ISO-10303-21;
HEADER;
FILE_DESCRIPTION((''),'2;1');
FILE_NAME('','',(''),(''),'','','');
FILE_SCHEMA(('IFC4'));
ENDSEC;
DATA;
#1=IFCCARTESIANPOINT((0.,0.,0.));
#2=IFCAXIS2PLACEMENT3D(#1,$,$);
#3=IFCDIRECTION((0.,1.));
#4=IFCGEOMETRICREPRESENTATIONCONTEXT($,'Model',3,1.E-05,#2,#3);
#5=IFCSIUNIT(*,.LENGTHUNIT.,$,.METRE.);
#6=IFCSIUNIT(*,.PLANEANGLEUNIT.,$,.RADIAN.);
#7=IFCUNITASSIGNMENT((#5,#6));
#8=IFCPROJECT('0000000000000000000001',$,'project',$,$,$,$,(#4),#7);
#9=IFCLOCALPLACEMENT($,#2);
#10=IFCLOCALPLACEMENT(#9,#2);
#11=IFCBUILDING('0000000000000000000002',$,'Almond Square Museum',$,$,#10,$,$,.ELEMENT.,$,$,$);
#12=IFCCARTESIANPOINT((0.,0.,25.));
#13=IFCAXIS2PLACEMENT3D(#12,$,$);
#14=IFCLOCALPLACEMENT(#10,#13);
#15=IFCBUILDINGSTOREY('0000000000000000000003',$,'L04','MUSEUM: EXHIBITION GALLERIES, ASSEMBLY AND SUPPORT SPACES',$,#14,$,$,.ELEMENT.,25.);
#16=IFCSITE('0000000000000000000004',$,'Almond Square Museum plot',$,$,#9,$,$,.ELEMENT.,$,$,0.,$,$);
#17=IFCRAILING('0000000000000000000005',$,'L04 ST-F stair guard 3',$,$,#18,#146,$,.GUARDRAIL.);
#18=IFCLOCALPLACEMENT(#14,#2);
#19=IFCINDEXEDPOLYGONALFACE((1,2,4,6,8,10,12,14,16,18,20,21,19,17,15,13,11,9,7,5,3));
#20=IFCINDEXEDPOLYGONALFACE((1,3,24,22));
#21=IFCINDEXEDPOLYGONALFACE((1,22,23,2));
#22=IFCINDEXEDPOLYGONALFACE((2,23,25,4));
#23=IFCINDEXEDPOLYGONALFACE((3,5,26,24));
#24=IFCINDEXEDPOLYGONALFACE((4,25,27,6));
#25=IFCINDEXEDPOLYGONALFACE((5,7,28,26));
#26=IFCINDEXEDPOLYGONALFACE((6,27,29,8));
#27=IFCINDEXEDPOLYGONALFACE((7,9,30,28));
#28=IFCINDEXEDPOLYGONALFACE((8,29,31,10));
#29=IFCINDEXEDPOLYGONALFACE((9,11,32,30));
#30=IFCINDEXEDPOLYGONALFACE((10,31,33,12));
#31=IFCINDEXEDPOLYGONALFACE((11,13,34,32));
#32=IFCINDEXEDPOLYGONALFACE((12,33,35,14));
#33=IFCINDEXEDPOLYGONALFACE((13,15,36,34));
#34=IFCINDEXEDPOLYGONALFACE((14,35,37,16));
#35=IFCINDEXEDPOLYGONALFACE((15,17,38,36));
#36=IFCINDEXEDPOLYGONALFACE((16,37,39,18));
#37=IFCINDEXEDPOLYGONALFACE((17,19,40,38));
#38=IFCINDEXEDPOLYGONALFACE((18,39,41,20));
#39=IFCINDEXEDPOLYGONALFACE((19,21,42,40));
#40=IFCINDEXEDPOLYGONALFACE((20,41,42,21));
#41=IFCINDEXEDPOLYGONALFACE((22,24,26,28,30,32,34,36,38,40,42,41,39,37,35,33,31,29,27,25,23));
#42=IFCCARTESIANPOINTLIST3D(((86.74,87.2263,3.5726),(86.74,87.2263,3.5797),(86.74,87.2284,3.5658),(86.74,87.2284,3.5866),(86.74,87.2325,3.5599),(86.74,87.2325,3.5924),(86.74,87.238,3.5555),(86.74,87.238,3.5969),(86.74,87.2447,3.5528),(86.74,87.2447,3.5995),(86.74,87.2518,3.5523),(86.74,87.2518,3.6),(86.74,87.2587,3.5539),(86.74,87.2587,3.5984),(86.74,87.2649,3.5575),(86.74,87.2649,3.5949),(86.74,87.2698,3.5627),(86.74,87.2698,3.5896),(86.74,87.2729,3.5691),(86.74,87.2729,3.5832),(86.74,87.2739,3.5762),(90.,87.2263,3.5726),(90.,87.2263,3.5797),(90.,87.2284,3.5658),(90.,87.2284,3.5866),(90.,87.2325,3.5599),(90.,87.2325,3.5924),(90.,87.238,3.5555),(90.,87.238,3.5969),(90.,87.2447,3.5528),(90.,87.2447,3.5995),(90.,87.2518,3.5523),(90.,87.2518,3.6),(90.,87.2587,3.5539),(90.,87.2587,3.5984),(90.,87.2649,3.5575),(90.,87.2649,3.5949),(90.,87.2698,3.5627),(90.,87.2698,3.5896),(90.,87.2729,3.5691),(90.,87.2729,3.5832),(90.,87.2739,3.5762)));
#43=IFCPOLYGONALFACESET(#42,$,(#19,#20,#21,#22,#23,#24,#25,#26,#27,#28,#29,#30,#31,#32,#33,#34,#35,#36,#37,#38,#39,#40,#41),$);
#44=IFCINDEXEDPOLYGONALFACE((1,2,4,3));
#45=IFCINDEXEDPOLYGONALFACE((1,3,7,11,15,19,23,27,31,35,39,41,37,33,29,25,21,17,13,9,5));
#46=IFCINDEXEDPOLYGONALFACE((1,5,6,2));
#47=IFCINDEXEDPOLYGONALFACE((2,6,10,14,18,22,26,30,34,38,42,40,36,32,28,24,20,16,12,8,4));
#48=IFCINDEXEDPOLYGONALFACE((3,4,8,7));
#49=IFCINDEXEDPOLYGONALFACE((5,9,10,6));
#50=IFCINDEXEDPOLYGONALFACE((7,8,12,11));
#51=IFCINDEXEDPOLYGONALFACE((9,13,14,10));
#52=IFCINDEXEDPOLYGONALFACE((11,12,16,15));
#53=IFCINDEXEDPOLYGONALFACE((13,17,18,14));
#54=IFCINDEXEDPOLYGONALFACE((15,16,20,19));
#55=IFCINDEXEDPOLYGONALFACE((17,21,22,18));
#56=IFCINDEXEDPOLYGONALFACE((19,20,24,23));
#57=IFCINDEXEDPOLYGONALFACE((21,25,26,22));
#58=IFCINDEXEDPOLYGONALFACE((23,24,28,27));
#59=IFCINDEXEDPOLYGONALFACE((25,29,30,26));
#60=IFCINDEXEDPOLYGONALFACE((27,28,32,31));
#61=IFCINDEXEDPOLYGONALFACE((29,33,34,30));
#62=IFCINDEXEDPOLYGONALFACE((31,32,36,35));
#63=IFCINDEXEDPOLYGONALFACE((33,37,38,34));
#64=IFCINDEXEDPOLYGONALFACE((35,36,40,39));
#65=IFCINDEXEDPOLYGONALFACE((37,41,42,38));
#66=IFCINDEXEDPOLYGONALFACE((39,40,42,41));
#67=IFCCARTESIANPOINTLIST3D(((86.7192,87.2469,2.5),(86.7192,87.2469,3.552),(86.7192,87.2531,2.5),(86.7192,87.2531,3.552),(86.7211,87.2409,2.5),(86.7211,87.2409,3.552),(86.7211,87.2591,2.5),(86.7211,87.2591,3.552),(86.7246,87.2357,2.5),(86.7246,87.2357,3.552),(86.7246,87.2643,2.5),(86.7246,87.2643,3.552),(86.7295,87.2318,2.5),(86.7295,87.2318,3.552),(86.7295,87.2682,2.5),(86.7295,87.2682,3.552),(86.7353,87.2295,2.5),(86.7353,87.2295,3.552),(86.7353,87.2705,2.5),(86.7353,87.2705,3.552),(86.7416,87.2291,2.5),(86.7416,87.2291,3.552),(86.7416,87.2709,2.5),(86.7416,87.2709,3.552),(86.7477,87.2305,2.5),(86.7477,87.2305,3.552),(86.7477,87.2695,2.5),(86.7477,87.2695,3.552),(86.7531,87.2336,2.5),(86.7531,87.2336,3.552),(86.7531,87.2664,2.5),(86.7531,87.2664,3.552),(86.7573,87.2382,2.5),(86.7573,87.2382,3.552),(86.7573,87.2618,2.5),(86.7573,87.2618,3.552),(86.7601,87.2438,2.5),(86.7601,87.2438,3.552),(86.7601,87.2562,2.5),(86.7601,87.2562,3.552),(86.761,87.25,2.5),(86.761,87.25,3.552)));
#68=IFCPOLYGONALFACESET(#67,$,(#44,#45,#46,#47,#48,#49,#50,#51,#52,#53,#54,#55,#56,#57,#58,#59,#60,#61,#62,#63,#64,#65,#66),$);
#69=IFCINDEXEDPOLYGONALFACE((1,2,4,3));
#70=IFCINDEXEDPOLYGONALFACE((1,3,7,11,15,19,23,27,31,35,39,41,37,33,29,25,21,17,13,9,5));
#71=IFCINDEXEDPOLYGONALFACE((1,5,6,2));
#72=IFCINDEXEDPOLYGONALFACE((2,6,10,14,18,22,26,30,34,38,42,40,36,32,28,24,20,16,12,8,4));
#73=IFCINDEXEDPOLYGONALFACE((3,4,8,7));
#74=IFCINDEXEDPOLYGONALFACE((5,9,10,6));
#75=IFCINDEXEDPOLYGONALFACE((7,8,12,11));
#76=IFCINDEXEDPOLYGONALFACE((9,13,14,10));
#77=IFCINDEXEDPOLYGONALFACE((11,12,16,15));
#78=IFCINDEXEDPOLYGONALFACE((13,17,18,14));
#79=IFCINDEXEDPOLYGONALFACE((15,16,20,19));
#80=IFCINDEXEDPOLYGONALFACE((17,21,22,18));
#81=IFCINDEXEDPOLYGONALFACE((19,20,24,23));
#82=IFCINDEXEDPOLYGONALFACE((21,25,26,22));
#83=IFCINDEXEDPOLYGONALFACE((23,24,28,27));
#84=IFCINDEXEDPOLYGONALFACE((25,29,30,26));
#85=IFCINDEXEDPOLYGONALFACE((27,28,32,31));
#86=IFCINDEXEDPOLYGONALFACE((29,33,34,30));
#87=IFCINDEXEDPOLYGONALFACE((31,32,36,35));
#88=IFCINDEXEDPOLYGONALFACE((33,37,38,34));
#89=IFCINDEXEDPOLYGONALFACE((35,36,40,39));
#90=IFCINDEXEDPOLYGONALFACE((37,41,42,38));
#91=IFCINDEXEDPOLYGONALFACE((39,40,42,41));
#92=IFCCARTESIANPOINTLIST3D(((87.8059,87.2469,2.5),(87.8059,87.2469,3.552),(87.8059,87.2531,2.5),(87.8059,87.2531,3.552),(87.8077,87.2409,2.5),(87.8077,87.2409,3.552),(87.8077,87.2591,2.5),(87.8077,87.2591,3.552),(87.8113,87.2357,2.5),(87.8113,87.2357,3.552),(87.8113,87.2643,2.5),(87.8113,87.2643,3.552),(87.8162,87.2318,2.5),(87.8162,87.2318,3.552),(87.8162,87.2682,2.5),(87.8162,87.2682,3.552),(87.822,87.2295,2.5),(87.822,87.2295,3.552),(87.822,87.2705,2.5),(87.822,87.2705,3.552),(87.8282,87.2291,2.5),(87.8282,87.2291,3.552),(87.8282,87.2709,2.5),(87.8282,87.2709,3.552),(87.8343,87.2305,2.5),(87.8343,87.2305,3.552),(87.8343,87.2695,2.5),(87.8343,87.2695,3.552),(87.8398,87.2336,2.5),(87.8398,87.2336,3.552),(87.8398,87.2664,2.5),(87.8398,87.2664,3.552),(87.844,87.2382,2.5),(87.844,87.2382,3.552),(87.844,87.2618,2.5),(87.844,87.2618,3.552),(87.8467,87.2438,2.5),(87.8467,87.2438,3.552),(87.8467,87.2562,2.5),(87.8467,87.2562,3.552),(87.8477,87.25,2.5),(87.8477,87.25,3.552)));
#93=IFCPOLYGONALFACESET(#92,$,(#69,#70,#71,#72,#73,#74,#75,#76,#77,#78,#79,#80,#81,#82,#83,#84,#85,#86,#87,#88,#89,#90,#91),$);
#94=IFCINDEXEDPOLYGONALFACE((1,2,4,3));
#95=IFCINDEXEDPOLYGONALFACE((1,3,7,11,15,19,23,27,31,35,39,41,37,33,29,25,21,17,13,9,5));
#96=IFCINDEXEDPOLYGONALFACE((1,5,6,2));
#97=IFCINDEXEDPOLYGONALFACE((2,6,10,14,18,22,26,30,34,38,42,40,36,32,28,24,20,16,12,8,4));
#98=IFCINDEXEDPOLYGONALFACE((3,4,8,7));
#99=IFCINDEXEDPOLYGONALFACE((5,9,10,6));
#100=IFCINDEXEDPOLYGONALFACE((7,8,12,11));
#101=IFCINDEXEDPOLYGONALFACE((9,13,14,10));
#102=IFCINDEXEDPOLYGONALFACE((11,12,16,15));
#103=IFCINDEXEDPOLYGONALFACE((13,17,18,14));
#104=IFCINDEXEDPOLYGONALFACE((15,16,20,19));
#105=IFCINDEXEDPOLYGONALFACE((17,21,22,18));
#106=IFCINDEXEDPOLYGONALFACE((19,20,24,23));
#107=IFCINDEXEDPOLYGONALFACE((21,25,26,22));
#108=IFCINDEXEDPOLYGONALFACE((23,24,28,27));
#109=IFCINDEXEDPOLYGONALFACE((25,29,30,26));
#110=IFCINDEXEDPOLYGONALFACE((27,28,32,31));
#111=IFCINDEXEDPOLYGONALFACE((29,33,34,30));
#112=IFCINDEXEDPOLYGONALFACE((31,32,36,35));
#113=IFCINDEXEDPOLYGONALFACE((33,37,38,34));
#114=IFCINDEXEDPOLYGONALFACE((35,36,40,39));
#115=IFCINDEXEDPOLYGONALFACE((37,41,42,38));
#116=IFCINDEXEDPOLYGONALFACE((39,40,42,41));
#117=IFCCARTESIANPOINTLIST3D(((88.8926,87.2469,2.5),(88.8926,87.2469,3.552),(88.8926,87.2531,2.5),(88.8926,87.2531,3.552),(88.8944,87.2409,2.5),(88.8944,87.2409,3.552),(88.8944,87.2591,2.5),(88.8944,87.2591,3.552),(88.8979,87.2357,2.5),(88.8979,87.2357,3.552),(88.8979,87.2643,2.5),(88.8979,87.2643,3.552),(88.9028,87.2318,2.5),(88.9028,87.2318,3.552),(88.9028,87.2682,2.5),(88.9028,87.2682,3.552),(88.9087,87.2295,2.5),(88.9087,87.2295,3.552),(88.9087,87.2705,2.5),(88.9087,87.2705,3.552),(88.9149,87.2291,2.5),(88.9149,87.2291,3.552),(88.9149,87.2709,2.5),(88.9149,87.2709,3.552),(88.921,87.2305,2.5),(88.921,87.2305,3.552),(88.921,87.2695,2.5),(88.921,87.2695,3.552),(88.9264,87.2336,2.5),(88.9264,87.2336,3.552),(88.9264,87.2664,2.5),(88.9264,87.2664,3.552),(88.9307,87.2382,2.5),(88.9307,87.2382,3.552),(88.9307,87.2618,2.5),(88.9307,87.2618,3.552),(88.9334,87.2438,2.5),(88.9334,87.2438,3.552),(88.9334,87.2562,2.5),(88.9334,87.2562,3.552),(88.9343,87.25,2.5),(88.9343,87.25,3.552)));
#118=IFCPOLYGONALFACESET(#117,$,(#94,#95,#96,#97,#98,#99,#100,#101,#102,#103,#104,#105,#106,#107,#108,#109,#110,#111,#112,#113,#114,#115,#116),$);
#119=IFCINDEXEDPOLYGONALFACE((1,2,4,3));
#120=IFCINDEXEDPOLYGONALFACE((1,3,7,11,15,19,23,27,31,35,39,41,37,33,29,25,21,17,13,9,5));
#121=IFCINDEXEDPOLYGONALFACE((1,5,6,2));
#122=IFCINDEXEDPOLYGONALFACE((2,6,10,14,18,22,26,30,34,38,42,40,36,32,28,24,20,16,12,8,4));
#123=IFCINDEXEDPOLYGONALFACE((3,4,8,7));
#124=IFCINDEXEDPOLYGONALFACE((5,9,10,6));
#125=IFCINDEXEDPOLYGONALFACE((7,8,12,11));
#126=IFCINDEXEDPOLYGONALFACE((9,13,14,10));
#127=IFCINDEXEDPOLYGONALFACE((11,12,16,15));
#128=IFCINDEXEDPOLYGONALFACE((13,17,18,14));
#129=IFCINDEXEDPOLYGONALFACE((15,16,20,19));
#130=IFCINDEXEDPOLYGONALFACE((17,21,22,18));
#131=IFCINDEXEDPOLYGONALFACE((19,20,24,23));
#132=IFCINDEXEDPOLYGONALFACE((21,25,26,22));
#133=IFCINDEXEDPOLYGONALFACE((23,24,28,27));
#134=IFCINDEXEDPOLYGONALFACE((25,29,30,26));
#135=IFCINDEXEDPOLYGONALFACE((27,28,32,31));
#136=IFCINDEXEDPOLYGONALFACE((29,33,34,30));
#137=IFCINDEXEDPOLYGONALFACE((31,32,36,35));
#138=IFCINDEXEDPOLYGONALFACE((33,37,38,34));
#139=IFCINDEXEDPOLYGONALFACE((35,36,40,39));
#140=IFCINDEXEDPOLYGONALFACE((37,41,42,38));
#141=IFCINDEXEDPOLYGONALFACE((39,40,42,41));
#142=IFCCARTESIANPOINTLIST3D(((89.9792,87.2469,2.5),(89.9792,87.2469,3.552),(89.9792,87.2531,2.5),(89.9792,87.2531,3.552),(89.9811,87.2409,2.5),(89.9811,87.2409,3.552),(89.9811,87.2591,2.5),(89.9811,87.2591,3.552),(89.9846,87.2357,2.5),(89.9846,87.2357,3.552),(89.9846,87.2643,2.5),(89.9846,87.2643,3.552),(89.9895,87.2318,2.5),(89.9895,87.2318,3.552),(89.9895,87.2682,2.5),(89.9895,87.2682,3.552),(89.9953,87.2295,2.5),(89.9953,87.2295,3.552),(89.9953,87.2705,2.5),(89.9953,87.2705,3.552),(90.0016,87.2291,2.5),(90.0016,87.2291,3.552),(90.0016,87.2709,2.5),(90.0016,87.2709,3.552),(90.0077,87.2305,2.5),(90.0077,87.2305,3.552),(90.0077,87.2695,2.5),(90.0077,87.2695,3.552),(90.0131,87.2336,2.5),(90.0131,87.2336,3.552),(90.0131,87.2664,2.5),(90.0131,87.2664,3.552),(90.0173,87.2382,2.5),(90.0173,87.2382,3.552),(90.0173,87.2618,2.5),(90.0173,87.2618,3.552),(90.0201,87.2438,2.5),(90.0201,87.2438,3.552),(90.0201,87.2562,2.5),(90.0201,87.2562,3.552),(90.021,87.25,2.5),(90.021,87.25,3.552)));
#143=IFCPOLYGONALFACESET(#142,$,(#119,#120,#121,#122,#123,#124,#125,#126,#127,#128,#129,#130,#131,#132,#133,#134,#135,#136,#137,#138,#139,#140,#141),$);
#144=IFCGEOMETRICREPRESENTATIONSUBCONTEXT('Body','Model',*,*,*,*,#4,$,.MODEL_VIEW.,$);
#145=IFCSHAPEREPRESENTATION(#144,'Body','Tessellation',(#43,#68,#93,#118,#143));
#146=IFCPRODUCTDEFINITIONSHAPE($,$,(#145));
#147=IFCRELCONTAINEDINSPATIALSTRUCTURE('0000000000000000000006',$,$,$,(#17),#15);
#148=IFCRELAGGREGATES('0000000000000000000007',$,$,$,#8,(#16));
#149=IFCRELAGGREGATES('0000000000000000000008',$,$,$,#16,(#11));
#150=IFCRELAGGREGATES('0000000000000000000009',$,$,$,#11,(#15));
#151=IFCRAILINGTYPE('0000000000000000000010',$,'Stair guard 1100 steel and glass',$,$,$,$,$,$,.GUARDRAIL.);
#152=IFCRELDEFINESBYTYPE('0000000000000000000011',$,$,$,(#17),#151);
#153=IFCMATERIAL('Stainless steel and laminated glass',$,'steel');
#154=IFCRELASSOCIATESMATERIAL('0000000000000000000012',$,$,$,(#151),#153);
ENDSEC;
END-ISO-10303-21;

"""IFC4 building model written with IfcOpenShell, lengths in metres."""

from ifc_helpers import new_model, si_unit, direction, frame, origin, origin_2d, place, context, subcontext, project, spatial, circle, extrude, material, type_object, element, save


model = new_model("IFC4")

# Units and contexts
model_context = context("Model", 3, precision=1e-05, world=origin(), true_north=direction((0.0, 1.0)))
body_context = subcontext(model_context, "Body", "Model", "MODEL_VIEW")
ifc_project = project(units=[si_unit("LENGTHUNIT", "METRE"), si_unit("PLANEANGLEUNIT", "RADIAN")], contexts=[model_context])

# Site, building, storey
site_placement = place(None, origin())
site = spatial("IfcSite", under=ifc_project, at=site_placement, Name="Almond Square Museum plot", CompositionType="ELEMENT", RefElevation=0.0)
building_placement = place(site_placement, origin())
building = spatial("IfcBuilding", under=site, at=building_placement, Name="Almond Square Museum", CompositionType="ELEMENT")
storey_placement = place(building_placement, frame((0.0, 0.0, 25.0)))
storey = spatial("IfcBuildingStorey", under=building, at=storey_placement, Name="L04", Description="MUSEUM: EXHIBITION GALLERIES, ASSEMBLY AND SUPPORT SPACES", CompositionType="ELEMENT", Elevation=25.0)

# Railing
ifc_material_1 = material(Name="Stainless steel and laminated glass", Category="steel")
railing_type_1 = type_object("IfcRailingType", Name="Stair guard 1100 steel and glass", PredefinedType="GUARDRAIL", material=ifc_material_1)
for number, where, name in (
    (1, (86.74, 87.25, 2.5), "L04 ST-F stair guard 3"),
):
    element("IfcRailing", number, at=place(storey_placement, frame(where)), inside=storey, type_object=railing_type_1, Name=name, PredefinedType="GUARDRAIL", context=body_context, shape_type="SweptSolid", body=[
        extrude(circle(Radius=0.0239, at=origin_2d()), frame((0.0, 0.0, 1.0762), z_axis=(1.0, 0.0, 0.0), x_axis=(0.0, 1.0, 0.0)), (0.0, 0.0, 1.0), 3.26),
        extrude(circle(Radius=0.021, at=origin_2d()), origin(), (0.0, 0.0, 1.0), 1.052),
        extrude(circle(Radius=0.021, at=origin_2d()), frame((1.0867, 0.0, 0.0)), (0.0, 0.0, 1.0), 1.052),
        extrude(circle(Radius=0.021, at=origin_2d()), frame((2.1733, 0.0, 0.0)), (0.0, 0.0, 1.0), 1.052),
        extrude(circle(Radius=0.021, at=origin_2d()), frame((3.26, 0.0, 0.0)), (0.0, 0.0, 1.0), 1.052),
    ])

save(model, "model.ifc")
